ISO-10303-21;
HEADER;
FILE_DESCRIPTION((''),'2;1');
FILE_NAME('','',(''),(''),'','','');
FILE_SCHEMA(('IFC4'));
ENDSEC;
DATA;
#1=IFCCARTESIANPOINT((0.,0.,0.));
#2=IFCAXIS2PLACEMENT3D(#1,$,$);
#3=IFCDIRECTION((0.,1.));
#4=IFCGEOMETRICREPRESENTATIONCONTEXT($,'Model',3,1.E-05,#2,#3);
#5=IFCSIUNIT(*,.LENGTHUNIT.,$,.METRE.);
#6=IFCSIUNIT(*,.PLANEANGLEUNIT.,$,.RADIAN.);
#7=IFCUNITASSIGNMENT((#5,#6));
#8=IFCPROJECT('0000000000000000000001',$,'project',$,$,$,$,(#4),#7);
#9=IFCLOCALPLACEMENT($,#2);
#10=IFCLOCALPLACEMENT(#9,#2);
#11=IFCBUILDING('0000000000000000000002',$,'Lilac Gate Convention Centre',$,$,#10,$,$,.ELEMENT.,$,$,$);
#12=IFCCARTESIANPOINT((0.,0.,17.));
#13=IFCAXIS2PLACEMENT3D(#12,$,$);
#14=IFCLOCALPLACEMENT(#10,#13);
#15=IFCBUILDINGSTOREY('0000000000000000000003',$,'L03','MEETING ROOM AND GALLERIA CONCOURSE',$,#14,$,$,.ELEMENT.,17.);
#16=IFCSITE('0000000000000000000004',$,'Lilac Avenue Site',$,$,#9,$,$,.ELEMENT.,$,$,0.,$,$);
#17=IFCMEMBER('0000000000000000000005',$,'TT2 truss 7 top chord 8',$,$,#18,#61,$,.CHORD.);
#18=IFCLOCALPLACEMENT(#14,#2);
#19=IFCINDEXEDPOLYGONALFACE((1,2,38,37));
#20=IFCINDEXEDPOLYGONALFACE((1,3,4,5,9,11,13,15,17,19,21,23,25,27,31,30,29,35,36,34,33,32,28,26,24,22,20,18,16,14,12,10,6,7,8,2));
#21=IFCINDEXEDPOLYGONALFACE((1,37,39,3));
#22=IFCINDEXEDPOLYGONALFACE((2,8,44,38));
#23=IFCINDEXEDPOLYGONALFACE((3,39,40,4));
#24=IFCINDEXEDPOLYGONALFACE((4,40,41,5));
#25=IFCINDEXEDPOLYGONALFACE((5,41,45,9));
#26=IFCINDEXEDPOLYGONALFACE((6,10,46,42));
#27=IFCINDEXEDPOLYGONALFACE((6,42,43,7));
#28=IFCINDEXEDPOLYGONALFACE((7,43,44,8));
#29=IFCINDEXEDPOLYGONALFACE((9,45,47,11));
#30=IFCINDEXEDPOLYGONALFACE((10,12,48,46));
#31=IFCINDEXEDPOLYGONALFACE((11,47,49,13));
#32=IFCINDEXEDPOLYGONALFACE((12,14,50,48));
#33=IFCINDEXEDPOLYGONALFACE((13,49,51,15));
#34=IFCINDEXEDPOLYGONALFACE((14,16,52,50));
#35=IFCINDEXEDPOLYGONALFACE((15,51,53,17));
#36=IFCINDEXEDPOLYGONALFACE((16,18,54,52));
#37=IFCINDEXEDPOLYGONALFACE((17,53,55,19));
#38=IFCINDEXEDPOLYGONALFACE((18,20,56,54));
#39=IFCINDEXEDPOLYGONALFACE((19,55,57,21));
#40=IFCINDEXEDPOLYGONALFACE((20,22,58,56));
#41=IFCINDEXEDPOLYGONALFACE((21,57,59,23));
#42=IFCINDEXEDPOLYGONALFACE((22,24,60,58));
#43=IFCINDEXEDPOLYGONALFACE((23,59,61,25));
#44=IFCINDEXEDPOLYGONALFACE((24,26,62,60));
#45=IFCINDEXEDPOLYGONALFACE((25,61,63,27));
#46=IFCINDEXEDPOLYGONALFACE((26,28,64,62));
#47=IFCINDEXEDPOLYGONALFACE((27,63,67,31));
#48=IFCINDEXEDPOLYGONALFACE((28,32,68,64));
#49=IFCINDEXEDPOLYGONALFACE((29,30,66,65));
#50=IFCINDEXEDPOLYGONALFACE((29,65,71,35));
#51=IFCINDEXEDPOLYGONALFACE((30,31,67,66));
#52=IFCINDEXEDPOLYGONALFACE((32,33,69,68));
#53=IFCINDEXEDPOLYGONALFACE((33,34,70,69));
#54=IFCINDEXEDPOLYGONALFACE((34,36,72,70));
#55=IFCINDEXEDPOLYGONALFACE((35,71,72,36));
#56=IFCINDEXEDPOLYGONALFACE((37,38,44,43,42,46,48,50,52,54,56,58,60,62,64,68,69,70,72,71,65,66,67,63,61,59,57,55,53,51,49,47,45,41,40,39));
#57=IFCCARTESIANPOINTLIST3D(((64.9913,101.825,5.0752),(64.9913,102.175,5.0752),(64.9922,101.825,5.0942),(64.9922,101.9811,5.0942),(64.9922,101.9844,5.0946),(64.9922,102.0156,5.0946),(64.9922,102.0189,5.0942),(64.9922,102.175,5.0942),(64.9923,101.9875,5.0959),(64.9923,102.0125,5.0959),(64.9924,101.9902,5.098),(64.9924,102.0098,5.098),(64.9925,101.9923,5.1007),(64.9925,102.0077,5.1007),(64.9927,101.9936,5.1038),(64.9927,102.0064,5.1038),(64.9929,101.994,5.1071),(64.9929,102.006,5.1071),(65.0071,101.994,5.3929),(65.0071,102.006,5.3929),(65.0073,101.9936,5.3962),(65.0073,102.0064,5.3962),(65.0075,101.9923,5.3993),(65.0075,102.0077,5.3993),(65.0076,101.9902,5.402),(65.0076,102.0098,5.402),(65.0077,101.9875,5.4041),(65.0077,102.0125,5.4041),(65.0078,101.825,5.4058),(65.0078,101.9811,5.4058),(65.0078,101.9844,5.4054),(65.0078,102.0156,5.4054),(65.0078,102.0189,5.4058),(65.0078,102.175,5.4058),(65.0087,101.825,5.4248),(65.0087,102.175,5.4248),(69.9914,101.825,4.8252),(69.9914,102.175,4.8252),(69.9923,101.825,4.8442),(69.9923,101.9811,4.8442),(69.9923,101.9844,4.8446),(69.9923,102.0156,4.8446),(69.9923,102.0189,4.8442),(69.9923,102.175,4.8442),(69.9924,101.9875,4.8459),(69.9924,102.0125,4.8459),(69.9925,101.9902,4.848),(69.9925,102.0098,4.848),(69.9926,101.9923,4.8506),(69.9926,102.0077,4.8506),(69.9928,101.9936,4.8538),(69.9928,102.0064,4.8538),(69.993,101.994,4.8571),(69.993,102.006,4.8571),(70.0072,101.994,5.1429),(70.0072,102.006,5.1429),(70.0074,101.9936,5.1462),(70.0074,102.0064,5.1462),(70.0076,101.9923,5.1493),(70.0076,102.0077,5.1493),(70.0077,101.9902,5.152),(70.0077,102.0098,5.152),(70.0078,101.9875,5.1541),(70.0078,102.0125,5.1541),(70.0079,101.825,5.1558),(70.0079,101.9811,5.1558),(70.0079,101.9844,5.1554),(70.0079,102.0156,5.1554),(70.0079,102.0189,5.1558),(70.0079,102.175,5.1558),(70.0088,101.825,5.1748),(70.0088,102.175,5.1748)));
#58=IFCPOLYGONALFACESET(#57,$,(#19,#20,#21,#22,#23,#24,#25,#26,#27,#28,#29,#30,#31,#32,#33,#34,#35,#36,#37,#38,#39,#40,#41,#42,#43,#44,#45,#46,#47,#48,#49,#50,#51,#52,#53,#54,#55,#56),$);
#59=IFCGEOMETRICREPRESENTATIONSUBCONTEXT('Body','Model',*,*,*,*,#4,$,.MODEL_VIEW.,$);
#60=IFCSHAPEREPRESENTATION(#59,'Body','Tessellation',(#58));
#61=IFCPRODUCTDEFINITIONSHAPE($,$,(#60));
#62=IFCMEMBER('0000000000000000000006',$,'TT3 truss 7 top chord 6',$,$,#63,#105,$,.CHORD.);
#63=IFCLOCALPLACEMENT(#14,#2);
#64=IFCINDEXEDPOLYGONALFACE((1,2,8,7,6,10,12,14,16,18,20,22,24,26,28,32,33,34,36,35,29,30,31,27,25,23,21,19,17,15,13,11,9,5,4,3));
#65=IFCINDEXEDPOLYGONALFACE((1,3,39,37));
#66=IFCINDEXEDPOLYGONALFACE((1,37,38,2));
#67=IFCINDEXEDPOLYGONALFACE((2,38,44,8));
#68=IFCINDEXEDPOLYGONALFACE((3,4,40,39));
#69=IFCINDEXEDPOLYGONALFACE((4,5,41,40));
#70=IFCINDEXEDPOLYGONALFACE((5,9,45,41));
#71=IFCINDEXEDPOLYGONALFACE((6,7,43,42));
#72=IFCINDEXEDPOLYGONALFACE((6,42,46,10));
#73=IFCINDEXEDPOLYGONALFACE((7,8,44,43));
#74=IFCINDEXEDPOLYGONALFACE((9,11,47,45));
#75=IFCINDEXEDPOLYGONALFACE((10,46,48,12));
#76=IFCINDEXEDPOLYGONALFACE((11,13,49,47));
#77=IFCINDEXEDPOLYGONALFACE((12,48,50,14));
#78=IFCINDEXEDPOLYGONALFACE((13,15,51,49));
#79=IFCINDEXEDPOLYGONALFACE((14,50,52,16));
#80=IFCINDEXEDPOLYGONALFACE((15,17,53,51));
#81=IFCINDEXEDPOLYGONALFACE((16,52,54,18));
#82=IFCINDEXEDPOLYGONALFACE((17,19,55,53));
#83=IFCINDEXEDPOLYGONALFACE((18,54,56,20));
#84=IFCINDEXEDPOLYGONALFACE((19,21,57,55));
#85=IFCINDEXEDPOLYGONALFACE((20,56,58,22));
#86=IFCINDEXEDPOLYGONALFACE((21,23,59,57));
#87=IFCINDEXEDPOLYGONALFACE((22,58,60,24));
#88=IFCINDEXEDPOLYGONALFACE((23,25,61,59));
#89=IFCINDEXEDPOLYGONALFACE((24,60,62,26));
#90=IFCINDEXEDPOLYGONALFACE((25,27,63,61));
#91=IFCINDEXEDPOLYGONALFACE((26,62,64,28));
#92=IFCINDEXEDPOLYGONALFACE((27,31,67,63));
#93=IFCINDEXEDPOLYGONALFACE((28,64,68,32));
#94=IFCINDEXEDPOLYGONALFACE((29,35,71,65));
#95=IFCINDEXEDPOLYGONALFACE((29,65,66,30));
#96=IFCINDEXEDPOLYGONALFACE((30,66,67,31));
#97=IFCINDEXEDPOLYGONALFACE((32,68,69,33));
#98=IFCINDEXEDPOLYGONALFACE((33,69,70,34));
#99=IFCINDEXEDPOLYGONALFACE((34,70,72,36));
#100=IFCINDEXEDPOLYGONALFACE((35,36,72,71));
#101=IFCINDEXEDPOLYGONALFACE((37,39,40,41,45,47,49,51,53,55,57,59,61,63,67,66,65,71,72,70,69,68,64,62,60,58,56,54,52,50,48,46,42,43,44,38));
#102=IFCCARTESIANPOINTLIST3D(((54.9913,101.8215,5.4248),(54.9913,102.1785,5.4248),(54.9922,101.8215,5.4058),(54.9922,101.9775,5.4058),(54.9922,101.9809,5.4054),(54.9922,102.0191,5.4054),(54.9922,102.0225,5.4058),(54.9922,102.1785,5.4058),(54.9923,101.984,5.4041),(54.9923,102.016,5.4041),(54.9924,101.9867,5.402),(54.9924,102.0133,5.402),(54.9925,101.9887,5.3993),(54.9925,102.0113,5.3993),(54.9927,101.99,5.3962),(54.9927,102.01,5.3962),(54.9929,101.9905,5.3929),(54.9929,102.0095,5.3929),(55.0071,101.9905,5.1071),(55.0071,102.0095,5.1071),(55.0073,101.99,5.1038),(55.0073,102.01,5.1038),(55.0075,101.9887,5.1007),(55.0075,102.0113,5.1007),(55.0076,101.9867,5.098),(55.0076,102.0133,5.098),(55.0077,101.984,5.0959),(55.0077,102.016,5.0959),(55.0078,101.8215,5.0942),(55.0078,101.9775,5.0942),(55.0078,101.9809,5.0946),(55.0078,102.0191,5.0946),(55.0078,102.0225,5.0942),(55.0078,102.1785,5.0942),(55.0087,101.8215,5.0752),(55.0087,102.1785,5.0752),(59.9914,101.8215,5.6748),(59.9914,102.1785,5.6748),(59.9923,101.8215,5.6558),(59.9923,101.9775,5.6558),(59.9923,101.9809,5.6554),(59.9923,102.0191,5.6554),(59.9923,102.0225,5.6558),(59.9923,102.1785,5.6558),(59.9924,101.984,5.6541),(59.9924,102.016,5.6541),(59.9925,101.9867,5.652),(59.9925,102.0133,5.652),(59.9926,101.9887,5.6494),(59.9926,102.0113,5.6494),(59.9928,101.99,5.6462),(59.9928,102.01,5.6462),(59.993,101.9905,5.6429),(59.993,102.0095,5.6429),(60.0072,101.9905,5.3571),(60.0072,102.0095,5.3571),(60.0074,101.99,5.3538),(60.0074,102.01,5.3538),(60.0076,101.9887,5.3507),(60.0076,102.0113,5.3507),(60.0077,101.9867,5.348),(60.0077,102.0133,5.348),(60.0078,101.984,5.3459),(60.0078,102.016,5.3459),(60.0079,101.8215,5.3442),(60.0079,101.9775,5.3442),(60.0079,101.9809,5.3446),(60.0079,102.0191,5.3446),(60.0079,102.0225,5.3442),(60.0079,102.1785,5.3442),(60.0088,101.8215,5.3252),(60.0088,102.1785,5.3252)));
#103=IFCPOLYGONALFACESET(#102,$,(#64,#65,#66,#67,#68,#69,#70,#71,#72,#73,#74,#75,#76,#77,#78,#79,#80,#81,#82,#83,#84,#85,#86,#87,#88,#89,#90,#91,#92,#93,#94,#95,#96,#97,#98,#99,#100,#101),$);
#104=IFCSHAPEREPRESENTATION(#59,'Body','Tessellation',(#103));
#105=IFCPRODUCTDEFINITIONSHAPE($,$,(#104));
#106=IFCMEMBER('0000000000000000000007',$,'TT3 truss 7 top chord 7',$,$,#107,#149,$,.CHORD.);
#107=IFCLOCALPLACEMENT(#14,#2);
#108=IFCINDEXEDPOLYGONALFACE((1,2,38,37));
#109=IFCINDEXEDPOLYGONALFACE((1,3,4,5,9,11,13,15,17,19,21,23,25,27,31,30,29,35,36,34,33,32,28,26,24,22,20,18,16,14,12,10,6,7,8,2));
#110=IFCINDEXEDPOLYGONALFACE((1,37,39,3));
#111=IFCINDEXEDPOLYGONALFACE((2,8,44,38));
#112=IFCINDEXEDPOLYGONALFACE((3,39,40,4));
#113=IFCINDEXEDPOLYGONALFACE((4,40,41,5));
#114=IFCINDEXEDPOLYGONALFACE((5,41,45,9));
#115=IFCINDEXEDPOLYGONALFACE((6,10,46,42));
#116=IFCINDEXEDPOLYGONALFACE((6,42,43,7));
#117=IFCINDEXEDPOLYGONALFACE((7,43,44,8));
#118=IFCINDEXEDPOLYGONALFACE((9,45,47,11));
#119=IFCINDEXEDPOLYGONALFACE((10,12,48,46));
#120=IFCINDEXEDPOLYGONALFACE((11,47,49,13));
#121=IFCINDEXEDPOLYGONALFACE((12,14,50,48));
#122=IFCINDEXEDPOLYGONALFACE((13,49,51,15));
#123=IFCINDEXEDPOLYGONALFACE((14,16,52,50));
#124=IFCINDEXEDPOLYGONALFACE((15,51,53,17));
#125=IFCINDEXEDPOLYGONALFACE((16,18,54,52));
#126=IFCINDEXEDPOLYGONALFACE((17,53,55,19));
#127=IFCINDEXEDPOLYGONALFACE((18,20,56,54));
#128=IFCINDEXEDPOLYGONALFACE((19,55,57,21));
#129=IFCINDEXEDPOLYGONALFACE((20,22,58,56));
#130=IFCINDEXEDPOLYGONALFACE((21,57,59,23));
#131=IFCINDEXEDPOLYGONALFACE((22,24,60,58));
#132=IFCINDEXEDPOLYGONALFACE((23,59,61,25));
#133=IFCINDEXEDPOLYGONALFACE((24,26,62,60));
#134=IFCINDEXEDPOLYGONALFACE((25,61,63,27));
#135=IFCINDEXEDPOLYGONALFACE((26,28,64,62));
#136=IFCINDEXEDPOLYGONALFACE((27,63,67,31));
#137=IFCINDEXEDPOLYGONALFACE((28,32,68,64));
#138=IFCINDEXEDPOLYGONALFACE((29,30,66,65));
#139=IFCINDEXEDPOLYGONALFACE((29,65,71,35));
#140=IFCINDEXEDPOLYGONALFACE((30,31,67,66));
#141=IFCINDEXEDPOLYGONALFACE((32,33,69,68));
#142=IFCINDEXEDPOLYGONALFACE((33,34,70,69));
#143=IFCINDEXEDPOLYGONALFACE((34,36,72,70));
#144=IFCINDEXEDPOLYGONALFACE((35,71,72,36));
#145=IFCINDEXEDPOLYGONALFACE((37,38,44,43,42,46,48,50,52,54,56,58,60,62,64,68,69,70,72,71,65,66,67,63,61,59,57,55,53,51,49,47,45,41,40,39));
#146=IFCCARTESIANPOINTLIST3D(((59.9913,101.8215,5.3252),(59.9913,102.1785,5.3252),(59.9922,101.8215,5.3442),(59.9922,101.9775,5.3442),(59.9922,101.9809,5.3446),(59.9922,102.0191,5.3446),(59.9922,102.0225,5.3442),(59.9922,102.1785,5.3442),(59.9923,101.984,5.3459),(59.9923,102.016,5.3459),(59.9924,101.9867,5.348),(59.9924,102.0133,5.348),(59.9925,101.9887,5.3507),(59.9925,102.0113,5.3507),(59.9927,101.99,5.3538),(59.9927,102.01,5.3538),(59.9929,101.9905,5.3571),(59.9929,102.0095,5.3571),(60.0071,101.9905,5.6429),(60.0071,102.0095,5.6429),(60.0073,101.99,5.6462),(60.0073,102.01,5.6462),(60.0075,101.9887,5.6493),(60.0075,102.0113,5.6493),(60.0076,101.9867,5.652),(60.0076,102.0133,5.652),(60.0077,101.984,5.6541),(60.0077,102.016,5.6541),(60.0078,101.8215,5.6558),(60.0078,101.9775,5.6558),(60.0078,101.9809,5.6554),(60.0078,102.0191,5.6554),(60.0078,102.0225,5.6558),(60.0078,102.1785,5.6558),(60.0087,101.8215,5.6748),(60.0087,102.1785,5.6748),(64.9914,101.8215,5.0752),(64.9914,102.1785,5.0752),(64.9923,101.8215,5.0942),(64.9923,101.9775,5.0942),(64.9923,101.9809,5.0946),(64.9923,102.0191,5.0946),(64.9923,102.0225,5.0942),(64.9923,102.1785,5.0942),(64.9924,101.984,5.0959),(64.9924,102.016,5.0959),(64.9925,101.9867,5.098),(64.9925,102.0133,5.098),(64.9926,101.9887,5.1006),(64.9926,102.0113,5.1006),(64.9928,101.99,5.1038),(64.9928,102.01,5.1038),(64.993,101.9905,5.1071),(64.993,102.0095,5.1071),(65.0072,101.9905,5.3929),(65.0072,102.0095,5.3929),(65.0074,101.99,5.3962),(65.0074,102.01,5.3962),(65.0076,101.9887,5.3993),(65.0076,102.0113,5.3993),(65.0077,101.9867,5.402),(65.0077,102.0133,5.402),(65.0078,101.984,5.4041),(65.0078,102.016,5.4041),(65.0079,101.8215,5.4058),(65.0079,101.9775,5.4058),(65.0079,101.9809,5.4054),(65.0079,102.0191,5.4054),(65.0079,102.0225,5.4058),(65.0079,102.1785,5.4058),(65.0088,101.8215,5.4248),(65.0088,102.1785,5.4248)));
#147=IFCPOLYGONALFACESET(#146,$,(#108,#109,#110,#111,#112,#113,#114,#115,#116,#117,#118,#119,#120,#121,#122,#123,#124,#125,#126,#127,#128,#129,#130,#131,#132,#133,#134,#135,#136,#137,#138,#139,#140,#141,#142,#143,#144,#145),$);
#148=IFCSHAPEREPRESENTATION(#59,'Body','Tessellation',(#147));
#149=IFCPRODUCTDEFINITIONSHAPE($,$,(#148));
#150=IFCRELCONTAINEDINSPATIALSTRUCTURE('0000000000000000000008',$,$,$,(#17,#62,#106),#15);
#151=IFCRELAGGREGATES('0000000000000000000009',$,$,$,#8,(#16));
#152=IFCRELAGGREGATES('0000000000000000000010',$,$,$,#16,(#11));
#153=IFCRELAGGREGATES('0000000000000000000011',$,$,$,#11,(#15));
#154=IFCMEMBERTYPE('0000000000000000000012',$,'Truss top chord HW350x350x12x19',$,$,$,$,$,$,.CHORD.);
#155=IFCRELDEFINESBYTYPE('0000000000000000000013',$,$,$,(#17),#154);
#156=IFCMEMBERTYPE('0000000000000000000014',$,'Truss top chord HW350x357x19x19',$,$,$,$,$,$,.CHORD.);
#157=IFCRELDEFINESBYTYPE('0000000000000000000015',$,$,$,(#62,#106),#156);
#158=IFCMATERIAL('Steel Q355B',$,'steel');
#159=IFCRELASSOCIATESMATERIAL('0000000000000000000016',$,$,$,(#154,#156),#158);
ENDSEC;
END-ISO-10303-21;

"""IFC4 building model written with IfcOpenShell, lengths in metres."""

from ifc_helpers import new_model, si_unit, direction, frame, origin, origin_2d, place, context, subcontext, project, spatial, i_section, extrude, material, material_profile, profile_set, type_object, element, save


model = new_model("IFC4")

# Units and contexts
model_context = context("Model", 3, precision=1e-05, world=origin(), true_north=direction((0.0, 1.0)))
body_context = subcontext(model_context, "Body", "Model", "MODEL_VIEW")
ifc_project = project(units=[si_unit("LENGTHUNIT", "METRE"), si_unit("PLANEANGLEUNIT", "RADIAN")], contexts=[model_context])

# Site, building, storey
site_placement = place(None, origin())
site = spatial("IfcSite", under=ifc_project, at=site_placement, Name="Lilac Avenue Site", CompositionType="ELEMENT", RefElevation=0.0)
building_placement = place(site_placement, origin())
building = spatial("IfcBuilding", under=site, at=building_placement, Name="Lilac Gate Convention Centre", CompositionType="ELEMENT")
storey_placement = place(building_placement, frame((0.0, 0.0, 17.0)))
storey = spatial("IfcBuildingStorey", under=building, at=storey_placement, Name="L03", Description="MEETING ROOM AND GALLERIA CONCOURSE", CompositionType="ELEMENT", Elevation=17.0)

# Members
ifc_material = material(Name="Steel Q355B", Category="steel")
ifc_material_profile_1 = material_profile(ifc_material, i_section(OverallWidth=0.3501, OverallDepth=0.3501, WebThickness=0.012, FlangeThickness=0.019, FilletRadius=0.0129, at=origin_2d()), Name="HW350x350x12x19")
ifc_profile_set_1 = profile_set([ifc_material_profile_1], Name="Steel Q355B")
member_type_1 = type_object("IfcMemberType", Name="Truss top chord HW350x350x12x19", PredefinedType="CHORD", material=ifc_profile_set_1)
member_1_placement = place(storey_placement, frame((65.0, 102.0, 5.25), z_axis=(0.998752, 0.0, -0.049938), x_axis=(0.0, 1.0, 0.0)))
element("IfcMember", 1, at=member_1_placement, inside=storey, type_object=member_type_1, Name="TT2 truss 7 top chord 8", PredefinedType="CHORD", context=body_context, shape_type="SweptSolid", body=[
    extrude(i_section(OverallWidth=0.3501, OverallDepth=0.3501, WebThickness=0.012, FlangeThickness=0.019, FilletRadius=0.0129, at=origin_2d()), origin(), (0.0, 0.0, 1.0), 5.0063),
])
ifc_material_profile_2 = material_profile(ifc_material, i_section(OverallWidth=0.3569, OverallDepth=0.3501, WebThickness=0.019, FlangeThickness=0.019, FilletRadius=0.0129, at=origin_2d()), Name="HW350x357x19x19")
ifc_profile_set_2 = profile_set([ifc_material_profile_2], Name="Steel Q355B")
member_type_2 = type_object("IfcMemberType", Name="Truss top chord HW350x357x19x19", PredefinedType="CHORD", material=ifc_profile_set_2)
for number, where, z_axis, x_axis, name in (
    (2, (55.0, 102.0, 5.25), (0.998752, 0.0, 0.049938), (0.0, 1.0, 0.0), "TT3 truss 7 top chord 6"),
    (3, (60.0, 102.0, 5.5), (0.998752, 0.0, -0.049938), (0.0, 1.0, 0.0), "TT3 truss 7 top chord 7"),
):
    element("IfcMember", number, at=place(storey_placement, frame(where, z_axis=z_axis, x_axis=x_axis)), inside=storey, type_object=member_type_2, Name=name, PredefinedType="CHORD", context=body_context, shape_type="SweptSolid", body=[
        extrude(i_section(OverallWidth=0.3569, OverallDepth=0.3501, WebThickness=0.019, FlangeThickness=0.019, FilletRadius=0.0129, at=origin_2d()), origin(), (0.0, 0.0, 1.0), 5.0063),
    ])

save(model, "model.ifc")
